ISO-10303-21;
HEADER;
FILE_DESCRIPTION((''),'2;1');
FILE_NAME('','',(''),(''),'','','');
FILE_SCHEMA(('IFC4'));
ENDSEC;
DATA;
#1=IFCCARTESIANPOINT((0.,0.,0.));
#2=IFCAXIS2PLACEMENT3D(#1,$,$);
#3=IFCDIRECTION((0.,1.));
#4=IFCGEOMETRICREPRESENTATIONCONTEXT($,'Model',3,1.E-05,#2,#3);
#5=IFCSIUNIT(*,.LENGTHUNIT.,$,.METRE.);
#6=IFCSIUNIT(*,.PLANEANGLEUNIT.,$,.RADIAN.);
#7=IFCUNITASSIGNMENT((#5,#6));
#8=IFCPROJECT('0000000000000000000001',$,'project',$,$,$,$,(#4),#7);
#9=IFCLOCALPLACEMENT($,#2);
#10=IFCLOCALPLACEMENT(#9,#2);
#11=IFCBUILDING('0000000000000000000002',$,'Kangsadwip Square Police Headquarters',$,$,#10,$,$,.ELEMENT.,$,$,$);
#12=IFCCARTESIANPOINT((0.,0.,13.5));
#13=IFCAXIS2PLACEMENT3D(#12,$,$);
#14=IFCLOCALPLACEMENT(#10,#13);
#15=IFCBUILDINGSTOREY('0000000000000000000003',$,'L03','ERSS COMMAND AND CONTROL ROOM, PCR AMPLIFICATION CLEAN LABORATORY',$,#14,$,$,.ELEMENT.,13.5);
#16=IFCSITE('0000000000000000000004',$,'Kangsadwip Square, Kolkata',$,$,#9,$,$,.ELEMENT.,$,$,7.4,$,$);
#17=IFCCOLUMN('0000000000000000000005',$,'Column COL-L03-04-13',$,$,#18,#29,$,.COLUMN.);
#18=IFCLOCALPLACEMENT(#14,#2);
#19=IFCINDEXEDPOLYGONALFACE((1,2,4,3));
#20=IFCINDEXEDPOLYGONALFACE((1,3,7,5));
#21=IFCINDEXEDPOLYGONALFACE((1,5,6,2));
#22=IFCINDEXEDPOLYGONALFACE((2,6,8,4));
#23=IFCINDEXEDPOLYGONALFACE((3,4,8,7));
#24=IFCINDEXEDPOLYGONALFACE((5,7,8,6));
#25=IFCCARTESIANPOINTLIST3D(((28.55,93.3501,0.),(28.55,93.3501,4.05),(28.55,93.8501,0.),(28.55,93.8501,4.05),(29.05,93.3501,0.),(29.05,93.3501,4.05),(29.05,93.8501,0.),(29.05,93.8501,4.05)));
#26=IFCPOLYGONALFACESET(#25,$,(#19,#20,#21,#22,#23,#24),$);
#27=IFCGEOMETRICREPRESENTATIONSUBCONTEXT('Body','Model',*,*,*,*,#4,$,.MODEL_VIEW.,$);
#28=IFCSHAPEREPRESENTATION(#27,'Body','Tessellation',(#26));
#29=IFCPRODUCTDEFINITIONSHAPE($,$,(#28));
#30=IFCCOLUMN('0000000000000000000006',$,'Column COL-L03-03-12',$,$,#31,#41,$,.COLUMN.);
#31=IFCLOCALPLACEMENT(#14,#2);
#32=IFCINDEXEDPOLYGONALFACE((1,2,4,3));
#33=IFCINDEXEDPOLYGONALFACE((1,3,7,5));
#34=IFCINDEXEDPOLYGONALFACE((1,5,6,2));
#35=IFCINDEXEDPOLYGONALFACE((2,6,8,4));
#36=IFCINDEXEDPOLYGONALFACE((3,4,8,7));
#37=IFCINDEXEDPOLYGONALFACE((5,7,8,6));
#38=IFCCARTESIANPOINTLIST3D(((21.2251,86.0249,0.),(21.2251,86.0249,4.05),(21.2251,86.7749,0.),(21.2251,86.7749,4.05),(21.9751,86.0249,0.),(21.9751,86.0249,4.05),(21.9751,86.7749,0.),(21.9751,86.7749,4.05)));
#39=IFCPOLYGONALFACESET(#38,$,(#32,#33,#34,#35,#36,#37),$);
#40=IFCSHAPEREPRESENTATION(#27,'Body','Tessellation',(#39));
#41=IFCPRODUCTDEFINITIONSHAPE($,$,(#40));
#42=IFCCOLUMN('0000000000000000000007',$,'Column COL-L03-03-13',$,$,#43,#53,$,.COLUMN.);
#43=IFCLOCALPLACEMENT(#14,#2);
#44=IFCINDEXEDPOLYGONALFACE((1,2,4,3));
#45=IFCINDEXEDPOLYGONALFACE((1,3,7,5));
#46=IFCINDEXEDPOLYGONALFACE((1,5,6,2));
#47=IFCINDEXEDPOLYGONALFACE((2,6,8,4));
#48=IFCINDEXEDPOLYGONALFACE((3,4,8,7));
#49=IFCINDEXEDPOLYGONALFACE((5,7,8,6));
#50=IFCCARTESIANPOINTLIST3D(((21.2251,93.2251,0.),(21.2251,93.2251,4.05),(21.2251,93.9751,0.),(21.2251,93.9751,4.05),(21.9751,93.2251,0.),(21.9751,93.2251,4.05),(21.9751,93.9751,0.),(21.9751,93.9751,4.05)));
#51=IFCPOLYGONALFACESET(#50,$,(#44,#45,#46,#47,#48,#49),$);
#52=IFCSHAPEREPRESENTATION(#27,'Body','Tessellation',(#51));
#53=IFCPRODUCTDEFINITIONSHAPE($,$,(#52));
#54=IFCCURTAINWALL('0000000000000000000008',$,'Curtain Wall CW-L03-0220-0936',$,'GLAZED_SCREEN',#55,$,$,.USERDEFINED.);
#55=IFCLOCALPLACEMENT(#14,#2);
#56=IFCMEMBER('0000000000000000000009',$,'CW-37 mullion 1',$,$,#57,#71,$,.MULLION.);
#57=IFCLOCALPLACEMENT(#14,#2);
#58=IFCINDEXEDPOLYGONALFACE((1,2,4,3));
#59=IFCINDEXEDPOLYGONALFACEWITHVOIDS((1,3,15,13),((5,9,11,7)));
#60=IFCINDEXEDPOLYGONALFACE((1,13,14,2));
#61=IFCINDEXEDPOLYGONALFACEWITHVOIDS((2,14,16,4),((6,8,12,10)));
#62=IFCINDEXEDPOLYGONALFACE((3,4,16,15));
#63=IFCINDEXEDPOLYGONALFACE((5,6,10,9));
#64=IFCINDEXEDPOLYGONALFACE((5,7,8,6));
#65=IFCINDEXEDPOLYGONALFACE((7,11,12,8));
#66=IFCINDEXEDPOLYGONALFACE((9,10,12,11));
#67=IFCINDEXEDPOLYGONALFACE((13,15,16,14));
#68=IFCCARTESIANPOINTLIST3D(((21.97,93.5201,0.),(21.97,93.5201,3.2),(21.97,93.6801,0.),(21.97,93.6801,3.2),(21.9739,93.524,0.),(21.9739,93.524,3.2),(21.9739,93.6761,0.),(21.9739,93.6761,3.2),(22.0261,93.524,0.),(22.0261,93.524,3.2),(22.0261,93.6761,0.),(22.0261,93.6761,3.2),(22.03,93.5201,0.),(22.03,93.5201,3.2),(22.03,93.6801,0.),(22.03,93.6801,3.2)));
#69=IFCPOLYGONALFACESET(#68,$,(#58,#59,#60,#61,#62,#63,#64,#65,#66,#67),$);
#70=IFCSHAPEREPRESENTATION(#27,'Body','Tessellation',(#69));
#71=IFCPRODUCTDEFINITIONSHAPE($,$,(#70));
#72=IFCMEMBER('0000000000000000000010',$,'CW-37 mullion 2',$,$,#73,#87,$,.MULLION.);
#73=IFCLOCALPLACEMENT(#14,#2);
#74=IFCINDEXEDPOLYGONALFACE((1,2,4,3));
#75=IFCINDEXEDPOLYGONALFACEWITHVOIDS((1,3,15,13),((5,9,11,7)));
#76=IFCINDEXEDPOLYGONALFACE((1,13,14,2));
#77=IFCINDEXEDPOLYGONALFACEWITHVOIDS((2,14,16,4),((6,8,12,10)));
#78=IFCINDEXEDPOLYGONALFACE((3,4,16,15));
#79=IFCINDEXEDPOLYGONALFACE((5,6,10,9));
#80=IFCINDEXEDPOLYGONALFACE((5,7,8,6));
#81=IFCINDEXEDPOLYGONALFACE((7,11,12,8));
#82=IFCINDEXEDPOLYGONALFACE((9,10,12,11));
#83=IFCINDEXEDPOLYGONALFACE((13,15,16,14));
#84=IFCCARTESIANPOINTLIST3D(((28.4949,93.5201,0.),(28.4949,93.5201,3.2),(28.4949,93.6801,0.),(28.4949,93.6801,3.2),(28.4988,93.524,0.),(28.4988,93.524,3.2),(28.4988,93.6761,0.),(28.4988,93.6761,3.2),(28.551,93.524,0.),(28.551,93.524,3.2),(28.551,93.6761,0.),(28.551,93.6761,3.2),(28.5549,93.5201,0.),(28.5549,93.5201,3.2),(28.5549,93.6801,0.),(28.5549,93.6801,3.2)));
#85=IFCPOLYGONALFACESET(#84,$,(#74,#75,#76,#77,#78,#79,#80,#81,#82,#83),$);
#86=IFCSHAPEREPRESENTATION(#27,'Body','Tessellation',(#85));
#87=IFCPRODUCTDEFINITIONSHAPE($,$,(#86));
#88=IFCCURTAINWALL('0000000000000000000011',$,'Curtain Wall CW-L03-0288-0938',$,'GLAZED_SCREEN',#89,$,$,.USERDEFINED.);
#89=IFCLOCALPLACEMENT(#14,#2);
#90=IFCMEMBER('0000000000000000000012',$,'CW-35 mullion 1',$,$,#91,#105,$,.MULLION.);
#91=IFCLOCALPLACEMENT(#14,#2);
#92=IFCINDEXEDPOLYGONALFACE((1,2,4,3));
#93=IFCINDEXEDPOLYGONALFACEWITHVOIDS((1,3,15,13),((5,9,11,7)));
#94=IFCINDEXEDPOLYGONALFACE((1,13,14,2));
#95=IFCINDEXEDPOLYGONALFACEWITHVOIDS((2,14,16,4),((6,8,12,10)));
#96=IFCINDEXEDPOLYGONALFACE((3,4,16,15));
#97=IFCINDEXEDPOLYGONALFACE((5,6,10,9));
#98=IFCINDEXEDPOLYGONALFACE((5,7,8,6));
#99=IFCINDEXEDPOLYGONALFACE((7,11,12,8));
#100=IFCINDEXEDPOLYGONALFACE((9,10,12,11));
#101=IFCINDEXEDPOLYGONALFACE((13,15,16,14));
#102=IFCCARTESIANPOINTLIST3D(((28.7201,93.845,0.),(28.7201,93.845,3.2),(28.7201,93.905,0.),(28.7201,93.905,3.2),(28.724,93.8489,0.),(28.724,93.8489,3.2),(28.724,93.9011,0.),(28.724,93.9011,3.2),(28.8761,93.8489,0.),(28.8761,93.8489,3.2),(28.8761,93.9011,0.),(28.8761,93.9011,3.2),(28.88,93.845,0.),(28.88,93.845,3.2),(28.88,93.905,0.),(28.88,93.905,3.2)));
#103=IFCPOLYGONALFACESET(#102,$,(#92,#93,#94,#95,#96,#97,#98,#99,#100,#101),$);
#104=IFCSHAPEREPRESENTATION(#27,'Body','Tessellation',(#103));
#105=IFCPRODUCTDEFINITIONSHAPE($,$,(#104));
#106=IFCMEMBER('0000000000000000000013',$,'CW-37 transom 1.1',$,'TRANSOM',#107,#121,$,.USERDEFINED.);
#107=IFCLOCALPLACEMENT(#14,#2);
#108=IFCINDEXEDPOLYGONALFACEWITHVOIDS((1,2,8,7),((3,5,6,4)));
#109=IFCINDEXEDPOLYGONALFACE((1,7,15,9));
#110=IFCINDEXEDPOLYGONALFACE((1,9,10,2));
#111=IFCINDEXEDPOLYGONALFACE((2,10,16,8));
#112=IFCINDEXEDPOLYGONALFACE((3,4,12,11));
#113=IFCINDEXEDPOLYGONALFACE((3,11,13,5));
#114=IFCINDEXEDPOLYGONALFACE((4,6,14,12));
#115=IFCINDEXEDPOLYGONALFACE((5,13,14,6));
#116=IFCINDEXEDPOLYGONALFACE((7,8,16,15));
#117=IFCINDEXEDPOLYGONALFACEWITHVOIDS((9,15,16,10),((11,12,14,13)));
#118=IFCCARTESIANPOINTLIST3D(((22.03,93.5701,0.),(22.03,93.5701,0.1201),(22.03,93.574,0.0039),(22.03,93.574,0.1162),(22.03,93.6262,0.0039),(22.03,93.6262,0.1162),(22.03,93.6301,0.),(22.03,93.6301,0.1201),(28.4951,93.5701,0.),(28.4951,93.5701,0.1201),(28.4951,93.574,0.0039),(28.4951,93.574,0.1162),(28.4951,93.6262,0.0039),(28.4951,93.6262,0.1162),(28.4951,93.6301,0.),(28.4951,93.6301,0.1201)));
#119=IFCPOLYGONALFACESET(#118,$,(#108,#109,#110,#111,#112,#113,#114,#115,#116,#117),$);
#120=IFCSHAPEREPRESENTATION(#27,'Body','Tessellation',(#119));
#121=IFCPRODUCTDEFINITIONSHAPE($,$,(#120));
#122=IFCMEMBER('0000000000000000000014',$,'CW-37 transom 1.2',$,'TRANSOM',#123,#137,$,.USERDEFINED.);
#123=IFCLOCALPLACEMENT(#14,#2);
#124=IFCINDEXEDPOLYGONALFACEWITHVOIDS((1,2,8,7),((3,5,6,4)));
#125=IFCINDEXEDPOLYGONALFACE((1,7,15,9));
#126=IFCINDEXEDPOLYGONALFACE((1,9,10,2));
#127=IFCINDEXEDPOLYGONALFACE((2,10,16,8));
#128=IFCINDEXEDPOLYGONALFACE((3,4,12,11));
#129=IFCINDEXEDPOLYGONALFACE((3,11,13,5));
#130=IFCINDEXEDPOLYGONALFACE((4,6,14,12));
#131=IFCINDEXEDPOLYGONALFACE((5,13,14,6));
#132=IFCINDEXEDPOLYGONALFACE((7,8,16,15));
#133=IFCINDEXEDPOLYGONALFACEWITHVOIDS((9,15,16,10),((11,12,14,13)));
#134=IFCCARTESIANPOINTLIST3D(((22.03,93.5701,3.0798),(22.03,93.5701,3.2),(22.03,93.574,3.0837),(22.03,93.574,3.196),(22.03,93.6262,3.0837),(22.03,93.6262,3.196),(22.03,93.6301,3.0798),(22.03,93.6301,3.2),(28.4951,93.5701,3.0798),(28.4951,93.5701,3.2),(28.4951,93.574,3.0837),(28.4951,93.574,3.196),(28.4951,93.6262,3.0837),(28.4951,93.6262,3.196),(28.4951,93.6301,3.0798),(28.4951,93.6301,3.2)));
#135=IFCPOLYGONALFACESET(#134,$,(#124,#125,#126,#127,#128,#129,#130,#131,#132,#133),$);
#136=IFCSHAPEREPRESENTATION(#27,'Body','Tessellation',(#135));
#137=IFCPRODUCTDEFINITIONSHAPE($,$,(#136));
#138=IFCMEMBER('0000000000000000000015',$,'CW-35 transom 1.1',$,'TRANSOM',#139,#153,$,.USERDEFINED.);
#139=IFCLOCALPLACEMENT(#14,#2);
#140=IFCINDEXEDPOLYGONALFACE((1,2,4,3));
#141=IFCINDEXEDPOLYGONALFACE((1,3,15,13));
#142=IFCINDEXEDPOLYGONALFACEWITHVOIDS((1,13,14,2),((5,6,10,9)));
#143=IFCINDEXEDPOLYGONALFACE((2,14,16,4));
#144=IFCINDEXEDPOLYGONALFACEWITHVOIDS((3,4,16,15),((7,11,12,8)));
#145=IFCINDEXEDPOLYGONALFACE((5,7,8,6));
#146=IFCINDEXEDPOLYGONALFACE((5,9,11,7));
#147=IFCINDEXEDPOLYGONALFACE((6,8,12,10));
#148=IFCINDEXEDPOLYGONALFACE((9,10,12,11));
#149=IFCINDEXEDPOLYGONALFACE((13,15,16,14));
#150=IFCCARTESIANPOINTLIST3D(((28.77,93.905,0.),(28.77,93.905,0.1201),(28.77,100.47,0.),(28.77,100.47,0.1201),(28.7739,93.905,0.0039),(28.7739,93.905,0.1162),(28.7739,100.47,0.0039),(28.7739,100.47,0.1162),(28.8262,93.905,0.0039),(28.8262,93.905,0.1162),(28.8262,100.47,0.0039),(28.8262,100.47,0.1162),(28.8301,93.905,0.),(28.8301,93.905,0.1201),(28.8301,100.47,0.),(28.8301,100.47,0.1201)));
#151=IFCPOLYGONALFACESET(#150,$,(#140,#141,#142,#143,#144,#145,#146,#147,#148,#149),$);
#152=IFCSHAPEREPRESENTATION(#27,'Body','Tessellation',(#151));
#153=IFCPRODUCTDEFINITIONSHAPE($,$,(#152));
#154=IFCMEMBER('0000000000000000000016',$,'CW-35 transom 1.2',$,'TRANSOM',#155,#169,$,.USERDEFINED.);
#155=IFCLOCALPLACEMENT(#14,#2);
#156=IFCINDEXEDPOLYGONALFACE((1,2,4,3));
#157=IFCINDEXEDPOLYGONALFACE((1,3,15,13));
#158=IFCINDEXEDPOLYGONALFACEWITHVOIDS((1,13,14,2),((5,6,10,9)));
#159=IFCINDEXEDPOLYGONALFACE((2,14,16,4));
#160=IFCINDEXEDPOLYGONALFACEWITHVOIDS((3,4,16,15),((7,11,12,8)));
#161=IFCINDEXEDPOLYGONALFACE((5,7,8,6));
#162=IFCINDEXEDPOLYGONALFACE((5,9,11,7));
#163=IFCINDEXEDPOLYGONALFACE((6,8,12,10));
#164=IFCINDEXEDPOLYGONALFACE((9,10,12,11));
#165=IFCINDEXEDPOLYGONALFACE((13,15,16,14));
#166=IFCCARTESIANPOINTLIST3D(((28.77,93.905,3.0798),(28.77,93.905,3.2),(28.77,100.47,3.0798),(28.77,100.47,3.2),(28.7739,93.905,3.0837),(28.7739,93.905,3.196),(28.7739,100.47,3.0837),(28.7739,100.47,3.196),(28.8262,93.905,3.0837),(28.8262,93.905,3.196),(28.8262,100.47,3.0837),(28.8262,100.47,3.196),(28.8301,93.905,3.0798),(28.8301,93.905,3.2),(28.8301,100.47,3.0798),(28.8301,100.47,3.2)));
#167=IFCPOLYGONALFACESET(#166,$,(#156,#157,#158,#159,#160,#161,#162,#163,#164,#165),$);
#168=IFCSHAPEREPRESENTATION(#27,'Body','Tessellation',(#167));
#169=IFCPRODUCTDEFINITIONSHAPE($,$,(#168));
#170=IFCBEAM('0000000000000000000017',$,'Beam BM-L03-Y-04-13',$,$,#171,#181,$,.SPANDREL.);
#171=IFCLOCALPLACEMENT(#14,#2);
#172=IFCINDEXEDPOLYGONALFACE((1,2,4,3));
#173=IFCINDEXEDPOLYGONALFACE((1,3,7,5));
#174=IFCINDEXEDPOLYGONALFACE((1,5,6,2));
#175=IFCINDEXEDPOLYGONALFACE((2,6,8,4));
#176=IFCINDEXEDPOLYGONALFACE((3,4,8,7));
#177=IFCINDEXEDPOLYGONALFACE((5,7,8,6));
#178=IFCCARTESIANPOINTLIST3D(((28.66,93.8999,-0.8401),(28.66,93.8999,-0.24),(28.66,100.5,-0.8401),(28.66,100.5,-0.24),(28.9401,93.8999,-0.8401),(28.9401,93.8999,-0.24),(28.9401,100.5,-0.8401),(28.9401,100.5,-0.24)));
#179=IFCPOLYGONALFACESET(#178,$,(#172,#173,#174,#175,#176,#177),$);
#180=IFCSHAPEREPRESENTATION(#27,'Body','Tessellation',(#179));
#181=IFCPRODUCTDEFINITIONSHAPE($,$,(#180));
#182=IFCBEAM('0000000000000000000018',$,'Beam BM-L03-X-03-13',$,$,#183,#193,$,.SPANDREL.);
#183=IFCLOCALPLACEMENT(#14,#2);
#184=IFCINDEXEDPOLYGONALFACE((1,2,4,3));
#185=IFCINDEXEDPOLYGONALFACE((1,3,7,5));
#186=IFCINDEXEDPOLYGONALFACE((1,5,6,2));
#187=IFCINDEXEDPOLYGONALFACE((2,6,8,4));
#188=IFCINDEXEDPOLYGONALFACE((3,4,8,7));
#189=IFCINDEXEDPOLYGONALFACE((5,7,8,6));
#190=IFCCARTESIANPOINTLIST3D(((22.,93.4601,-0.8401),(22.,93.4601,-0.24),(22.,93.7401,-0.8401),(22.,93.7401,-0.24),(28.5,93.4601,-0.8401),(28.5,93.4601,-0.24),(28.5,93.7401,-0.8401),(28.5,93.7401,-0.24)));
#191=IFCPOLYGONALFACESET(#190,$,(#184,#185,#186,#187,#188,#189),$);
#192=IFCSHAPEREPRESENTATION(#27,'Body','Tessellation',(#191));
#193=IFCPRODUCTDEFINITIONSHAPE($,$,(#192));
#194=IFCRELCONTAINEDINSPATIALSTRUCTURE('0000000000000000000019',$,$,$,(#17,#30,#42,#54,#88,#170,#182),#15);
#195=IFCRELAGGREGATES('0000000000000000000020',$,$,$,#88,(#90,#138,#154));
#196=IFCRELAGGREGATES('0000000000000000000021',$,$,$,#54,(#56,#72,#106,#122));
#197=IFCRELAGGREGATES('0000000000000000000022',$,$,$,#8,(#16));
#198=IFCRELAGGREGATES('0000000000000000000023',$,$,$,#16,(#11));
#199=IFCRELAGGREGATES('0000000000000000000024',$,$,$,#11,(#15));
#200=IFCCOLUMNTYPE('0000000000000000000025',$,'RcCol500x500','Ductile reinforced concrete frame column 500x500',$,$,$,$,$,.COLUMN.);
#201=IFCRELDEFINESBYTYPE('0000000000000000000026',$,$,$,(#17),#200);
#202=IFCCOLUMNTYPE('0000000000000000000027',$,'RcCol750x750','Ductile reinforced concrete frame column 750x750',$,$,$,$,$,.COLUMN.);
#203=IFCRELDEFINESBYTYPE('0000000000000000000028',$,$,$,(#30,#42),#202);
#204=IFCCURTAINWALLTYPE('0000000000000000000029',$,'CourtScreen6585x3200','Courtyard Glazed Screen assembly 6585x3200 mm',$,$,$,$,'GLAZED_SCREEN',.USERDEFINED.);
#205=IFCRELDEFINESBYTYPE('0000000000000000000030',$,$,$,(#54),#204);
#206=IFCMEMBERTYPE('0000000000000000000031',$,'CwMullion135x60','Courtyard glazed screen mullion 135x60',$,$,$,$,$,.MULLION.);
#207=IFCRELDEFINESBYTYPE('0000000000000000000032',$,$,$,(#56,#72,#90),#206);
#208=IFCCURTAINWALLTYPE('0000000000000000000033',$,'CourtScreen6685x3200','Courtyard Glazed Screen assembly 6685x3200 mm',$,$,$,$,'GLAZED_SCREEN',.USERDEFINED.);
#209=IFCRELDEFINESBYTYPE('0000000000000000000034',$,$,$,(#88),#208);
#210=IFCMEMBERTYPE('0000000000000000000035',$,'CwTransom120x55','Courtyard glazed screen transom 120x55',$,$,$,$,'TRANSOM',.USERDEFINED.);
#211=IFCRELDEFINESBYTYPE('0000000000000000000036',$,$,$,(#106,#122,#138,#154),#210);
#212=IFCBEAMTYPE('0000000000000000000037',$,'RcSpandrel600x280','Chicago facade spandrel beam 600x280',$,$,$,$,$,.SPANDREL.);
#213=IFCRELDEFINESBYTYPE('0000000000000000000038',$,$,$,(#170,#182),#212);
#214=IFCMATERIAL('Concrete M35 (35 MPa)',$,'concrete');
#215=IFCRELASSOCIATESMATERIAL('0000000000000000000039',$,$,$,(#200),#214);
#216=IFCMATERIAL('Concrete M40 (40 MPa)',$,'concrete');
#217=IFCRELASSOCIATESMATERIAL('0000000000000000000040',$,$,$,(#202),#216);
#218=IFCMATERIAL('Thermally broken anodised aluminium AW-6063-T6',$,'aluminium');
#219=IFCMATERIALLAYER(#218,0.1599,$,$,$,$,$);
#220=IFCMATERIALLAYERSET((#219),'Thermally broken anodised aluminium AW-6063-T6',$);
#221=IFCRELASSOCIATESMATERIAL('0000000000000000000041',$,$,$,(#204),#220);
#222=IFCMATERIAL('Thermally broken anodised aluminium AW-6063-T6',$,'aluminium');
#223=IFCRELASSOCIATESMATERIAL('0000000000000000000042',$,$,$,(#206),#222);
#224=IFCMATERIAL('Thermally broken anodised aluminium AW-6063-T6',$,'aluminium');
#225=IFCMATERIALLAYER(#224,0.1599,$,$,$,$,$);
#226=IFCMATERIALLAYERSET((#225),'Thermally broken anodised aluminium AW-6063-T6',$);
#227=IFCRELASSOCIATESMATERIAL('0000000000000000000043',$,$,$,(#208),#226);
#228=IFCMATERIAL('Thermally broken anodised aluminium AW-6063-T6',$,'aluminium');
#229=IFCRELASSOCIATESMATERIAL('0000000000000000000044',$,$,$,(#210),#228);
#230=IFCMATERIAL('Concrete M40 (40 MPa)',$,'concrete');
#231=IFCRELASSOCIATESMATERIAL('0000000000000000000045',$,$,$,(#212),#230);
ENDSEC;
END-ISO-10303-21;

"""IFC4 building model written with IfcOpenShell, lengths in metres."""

from ifc_helpers import new_model, si_unit, direction, frame, origin, origin_2d, place, context, subcontext, project, spatial, rectangle, hollow_rectangle, extrude, material, layer, layer_set, material_profile, profile_set, type_object, element, aggregate, save


model = new_model("IFC4")

# Units and contexts
model_context = context("Model", 3, precision=1e-05, world=origin(), true_north=direction((0.0, 1.0)))
body_context = subcontext(model_context, "Body", "Model", "MODEL_VIEW")
ifc_project = project(units=[si_unit("LENGTHUNIT", "METRE"), si_unit("PLANEANGLEUNIT", "RADIAN")], contexts=[model_context])

# Site, building, storey
site_placement = place(None, origin())
site = spatial("IfcSite", under=ifc_project, at=site_placement, Name="Kangsadwip Square, Kolkata", CompositionType="ELEMENT", RefElevation=7.4)
building_placement = place(site_placement, origin())
building = spatial("IfcBuilding", under=site, at=building_placement, Name="Kangsadwip Square Police Headquarters", CompositionType="ELEMENT")
storey_placement = place(building_placement, frame((0.0, 0.0, 13.5)))
storey = spatial("IfcBuildingStorey", under=building, at=storey_placement, Name="L03", Description="ERSS COMMAND AND CONTROL ROOM, PCR AMPLIFICATION CLEAN LABORATORY", CompositionType="ELEMENT", Elevation=13.5)

# Columns
ifc_material_1 = material(Name="Concrete M35 (35 MPa)", Category="concrete")
ifc_material_profile_1 = material_profile(ifc_material_1, rectangle(XDim=0.5, YDim=0.5, at=origin_2d()), Name="RC COL 500X500")
ifc_profile_set_1 = profile_set([ifc_material_profile_1], Name="Concrete M35 (35 MPa)")
column_type_1 = type_object("IfcColumnType", Name="RcCol500x500", Description="Ductile reinforced concrete frame column 500x500", PredefinedType="COLUMN", material=ifc_profile_set_1)
column_placement = place(storey_placement, frame((28.8, 93.6001, 0.0), z_axis=(0.0, 0.0, 1.0), x_axis=(1.0, 0.0, 0.0)))
element("IfcColumn", 1, at=column_placement, inside=storey, type_object=column_type_1, Name="Column COL-L03-04-13", PredefinedType="COLUMN", context=body_context, shape_type="SweptSolid", body=[
    extrude(rectangle(XDim=0.5, YDim=0.5, at=origin_2d()), origin(), (0.0, 0.0, 1.0), 4.05),
])
ifc_material_2 = material(Name="Concrete M40 (40 MPa)", Category="concrete")
ifc_material_profile_2 = material_profile(ifc_material_2, rectangle(XDim=0.75, YDim=0.75, at=origin_2d()), Name="RC COL 750X750")
ifc_profile_set_2 = profile_set([ifc_material_profile_2], Name="Concrete M40 (40 MPa)")
column_type_2 = type_object("IfcColumnType", Name="RcCol750x750", Description="Ductile reinforced concrete frame column 750x750", PredefinedType="COLUMN", material=ifc_profile_set_2)
for number, where, z_axis, x_axis, name in (
    (2, (21.6001, 86.3999, 0.0), (0.0, 0.0, 1.0), (1.0, 0.0, 0.0), "Column COL-L03-03-12"),
    (3, (21.6001, 93.6001, 0.0), (0.0, 0.0, 1.0), (1.0, 0.0, 0.0), "Column COL-L03-03-13"),
):
    element("IfcColumn", number, at=place(storey_placement, frame(where, z_axis=z_axis, x_axis=x_axis)), inside=storey, type_object=column_type_2, Name=name, PredefinedType="COLUMN", context=body_context, shape_type="SweptSolid", body=[
        extrude(rectangle(XDim=0.75, YDim=0.75, at=origin_2d()), origin(), (0.0, 0.0, 1.0), 4.05),
    ])

# Curtain wall, members
ifc_material_3 = material(Name="Thermally broken anodised aluminium AW-6063-T6", Category="aluminium")
ifc_layer_1 = layer(ifc_material_3, 0.1599)
ifc_layer_set_1 = layer_set([ifc_layer_1], Name="Thermally broken anodised aluminium AW-6063-T6")
curtain_wall_type_1 = type_object("IfcCurtainWallType", Name="CourtScreen6585x3200", Description="Courtyard Glazed Screen assembly 6585x3200 mm", ElementType="GLAZED_SCREEN", PredefinedType="USERDEFINED", material=ifc_layer_set_1)
curtain_wall_1_placement = place(storey_placement, origin())
curtain_wall_1 = element("IfcCurtainWall", 4, at=curtain_wall_1_placement, inside=storey, type_object=curtain_wall_type_1, Name="Curtain Wall CW-L03-0220-0936", ObjectType="GLAZED_SCREEN", PredefinedType="USERDEFINED")
ifc_material_4 = material(Name="Thermally broken anodised aluminium AW-6063-T6", Category="aluminium")
ifc_material_profile_3 = material_profile(ifc_material_4, hollow_rectangle(XDim=0.0601, YDim=0.1599, WallThickness=0.0039, at=origin_2d()), Name="CWM 160X60X4")
ifc_profile_set_3 = profile_set([ifc_material_profile_3], Name="Thermally broken anodised aluminium AW-6063-T6")
member_type_1 = type_object("IfcMemberType", Name="CwMullion135x60", Description="Courtyard glazed screen mullion 135x60", PredefinedType="MULLION", material=ifc_profile_set_3)
member_1_placement = place(storey_placement, frame((22.0, 93.6001, 0.0), z_axis=(0.0, 0.0, 1.0), x_axis=(1.0, 0.0, 0.0)))
member_1 = element("IfcMember", 5, at=member_1_placement, type_object=member_type_1, Name="CW-37 mullion 1", PredefinedType="MULLION", context=body_context, shape_type="SweptSolid", body=[
    extrude(hollow_rectangle(XDim=0.0601, YDim=0.1599, WallThickness=0.0039, at=origin_2d()), origin(), (0.0, 0.0, 1.0), 3.2),
])
member_2_placement = place(storey_placement, frame((28.5249, 93.6001, 0.0), z_axis=(0.0, 0.0, 1.0), x_axis=(1.0, 0.0, 0.0)))
member_2 = element("IfcMember", 6, at=member_2_placement, type_object=member_type_1, Name="CW-37 mullion 2", PredefinedType="MULLION", context=body_context, shape_type="SweptSolid", body=[
    extrude(hollow_rectangle(XDim=0.0601, YDim=0.1599, WallThickness=0.0039, at=origin_2d()), origin(), (0.0, 0.0, 1.0), 3.2),
])

# Curtain wall, member
ifc_material_5 = material(Name="Thermally broken anodised aluminium AW-6063-T6", Category="aluminium")
ifc_layer_2 = layer(ifc_material_5, 0.1599)
ifc_layer_set_2 = layer_set([ifc_layer_2], Name="Thermally broken anodised aluminium AW-6063-T6")
curtain_wall_type_2 = type_object("IfcCurtainWallType", Name="CourtScreen6685x3200", Description="Courtyard Glazed Screen assembly 6685x3200 mm", ElementType="GLAZED_SCREEN", PredefinedType="USERDEFINED", material=ifc_layer_set_2)
curtain_wall_2_placement = place(storey_placement, origin())
curtain_wall_2 = element("IfcCurtainWall", 7, at=curtain_wall_2_placement, inside=storey, type_object=curtain_wall_type_2, Name="Curtain Wall CW-L03-0288-0938", ObjectType="GLAZED_SCREEN", PredefinedType="USERDEFINED")
member_3_placement = place(storey_placement, frame((28.8, 93.875, 0.0), z_axis=(0.0, 0.0, 1.0), x_axis=(0.0, 1.0, 0.0)))
member_3 = element("IfcMember", 8, at=member_3_placement, type_object=member_type_1, Name="CW-35 mullion 1", PredefinedType="MULLION", context=body_context, shape_type="SweptSolid", body=[
    extrude(hollow_rectangle(XDim=0.0601, YDim=0.1599, WallThickness=0.0039, at=origin_2d()), origin(), (0.0, 0.0, 1.0), 3.2),
])

# Members
ifc_material_6 = material(Name="Thermally broken anodised aluminium AW-6063-T6", Category="aluminium")
ifc_material_profile_4 = material_profile(ifc_material_6, hollow_rectangle(XDim=0.0601, YDim=0.1201, WallThickness=0.0039, at=origin_2d()), Name="CWT 120X60X4")
ifc_profile_set_4 = profile_set([ifc_material_profile_4], Name="Thermally broken anodised aluminium AW-6063-T6")
member_type_2 = type_object("IfcMemberType", Name="CwTransom120x55", Description="Courtyard glazed screen transom 120x55", ElementType="TRANSOM", PredefinedType="USERDEFINED", material=ifc_profile_set_4)
member_4_placement = place(storey_placement, frame((22.03, 93.6001, 0.0601), z_axis=(1.0, 0.0, 0.0), x_axis=(0.0, 1.0, 0.0)))
member_4 = element("IfcMember", 9, at=member_4_placement, type_object=member_type_2, Name="CW-37 transom 1.1", ObjectType="TRANSOM", PredefinedType="USERDEFINED", context=body_context, shape_type="SweptSolid", body=[
    extrude(hollow_rectangle(XDim=0.0601, YDim=0.1201, WallThickness=0.0039, at=origin_2d()), origin(), (0.0, 0.0, 1.0), 6.4651),
])
member_5_placement = place(storey_placement, frame((22.03, 93.6001, 3.1399), z_axis=(1.0, 0.0, 0.0), x_axis=(0.0, 1.0, 0.0)))
member_5 = element("IfcMember", 10, at=member_5_placement, type_object=member_type_2, Name="CW-37 transom 1.2", ObjectType="TRANSOM", PredefinedType="USERDEFINED", context=body_context, shape_type="SweptSolid", body=[
    extrude(hollow_rectangle(XDim=0.0601, YDim=0.1201, WallThickness=0.0039, at=origin_2d()), origin(), (0.0, 0.0, 1.0), 6.4651),
])
member_6_placement = place(storey_placement, frame((28.8, 93.905, 0.0601), z_axis=(0.0, 1.0, 0.0), x_axis=(-1.0, 0.0, 0.0)))
member_6 = element("IfcMember", 11, at=member_6_placement, type_object=member_type_2, Name="CW-35 transom 1.1", ObjectType="TRANSOM", PredefinedType="USERDEFINED", context=body_context, shape_type="SweptSolid", body=[
    extrude(hollow_rectangle(XDim=0.0601, YDim=0.1201, WallThickness=0.0039, at=origin_2d()), origin(), (0.0, 0.0, 1.0), 6.5649),
])
member_7_placement = place(storey_placement, frame((28.8, 93.905, 3.1399), z_axis=(0.0, 1.0, 0.0), x_axis=(-1.0, 0.0, 0.0)))
member_7 = element("IfcMember", 12, at=member_7_placement, type_object=member_type_2, Name="CW-35 transom 1.2", ObjectType="TRANSOM", PredefinedType="USERDEFINED", context=body_context, shape_type="SweptSolid", body=[
    extrude(hollow_rectangle(XDim=0.0601, YDim=0.1201, WallThickness=0.0039, at=origin_2d()), origin(), (0.0, 0.0, 1.0), 6.5649),
])
aggregate(curtain_wall_2, [member_3, member_6, member_7])

# Beams
ifc_material_7 = material(Name="Concrete M40 (40 MPa)", Category="concrete")
ifc_material_profile_5 = material_profile(ifc_material_7, rectangle(XDim=0.28, YDim=0.6001, at=origin_2d()), Name="RC SPN 600X280")
ifc_profile_set_5 = profile_set([ifc_material_profile_5], Name="Concrete M40 (40 MPa)")
beam_type = type_object("IfcBeamType", Name="RcSpandrel600x280", Description="Chicago facade spandrel beam 600x280", PredefinedType="SPANDREL", material=ifc_profile_set_5)
beam_1_placement = place(storey_placement, frame((28.8, 93.8999, -0.54), z_axis=(0.0, 1.0, 0.0), x_axis=(-1.0, 0.0, 0.0)))
element("IfcBeam", 13, at=beam_1_placement, inside=storey, type_object=beam_type, Name="Beam BM-L03-Y-04-13", PredefinedType="SPANDREL", context=body_context, shape_type="SweptSolid", body=[
    extrude(rectangle(XDim=0.28, YDim=0.6001, at=origin_2d()), origin(), (0.0, 0.0, 1.0), 6.6001),
])
beam_2_placement = place(storey_placement, frame((22.0, 93.6001, -0.54), z_axis=(1.0, 0.0, 0.0), x_axis=(0.0, 1.0, 0.0)))
element("IfcBeam", 14, at=beam_2_placement, inside=storey, type_object=beam_type, Name="Beam BM-L03-X-03-13", PredefinedType="SPANDREL", context=body_context, shape_type="SweptSolid", body=[
    extrude(rectangle(XDim=0.28, YDim=0.6001, at=origin_2d()), origin(), (0.0, 0.0, 1.0), 6.5),
])

aggregate(curtain_wall_1, [member_1, member_2, member_4, member_5])

save(model, "model.ifc")
